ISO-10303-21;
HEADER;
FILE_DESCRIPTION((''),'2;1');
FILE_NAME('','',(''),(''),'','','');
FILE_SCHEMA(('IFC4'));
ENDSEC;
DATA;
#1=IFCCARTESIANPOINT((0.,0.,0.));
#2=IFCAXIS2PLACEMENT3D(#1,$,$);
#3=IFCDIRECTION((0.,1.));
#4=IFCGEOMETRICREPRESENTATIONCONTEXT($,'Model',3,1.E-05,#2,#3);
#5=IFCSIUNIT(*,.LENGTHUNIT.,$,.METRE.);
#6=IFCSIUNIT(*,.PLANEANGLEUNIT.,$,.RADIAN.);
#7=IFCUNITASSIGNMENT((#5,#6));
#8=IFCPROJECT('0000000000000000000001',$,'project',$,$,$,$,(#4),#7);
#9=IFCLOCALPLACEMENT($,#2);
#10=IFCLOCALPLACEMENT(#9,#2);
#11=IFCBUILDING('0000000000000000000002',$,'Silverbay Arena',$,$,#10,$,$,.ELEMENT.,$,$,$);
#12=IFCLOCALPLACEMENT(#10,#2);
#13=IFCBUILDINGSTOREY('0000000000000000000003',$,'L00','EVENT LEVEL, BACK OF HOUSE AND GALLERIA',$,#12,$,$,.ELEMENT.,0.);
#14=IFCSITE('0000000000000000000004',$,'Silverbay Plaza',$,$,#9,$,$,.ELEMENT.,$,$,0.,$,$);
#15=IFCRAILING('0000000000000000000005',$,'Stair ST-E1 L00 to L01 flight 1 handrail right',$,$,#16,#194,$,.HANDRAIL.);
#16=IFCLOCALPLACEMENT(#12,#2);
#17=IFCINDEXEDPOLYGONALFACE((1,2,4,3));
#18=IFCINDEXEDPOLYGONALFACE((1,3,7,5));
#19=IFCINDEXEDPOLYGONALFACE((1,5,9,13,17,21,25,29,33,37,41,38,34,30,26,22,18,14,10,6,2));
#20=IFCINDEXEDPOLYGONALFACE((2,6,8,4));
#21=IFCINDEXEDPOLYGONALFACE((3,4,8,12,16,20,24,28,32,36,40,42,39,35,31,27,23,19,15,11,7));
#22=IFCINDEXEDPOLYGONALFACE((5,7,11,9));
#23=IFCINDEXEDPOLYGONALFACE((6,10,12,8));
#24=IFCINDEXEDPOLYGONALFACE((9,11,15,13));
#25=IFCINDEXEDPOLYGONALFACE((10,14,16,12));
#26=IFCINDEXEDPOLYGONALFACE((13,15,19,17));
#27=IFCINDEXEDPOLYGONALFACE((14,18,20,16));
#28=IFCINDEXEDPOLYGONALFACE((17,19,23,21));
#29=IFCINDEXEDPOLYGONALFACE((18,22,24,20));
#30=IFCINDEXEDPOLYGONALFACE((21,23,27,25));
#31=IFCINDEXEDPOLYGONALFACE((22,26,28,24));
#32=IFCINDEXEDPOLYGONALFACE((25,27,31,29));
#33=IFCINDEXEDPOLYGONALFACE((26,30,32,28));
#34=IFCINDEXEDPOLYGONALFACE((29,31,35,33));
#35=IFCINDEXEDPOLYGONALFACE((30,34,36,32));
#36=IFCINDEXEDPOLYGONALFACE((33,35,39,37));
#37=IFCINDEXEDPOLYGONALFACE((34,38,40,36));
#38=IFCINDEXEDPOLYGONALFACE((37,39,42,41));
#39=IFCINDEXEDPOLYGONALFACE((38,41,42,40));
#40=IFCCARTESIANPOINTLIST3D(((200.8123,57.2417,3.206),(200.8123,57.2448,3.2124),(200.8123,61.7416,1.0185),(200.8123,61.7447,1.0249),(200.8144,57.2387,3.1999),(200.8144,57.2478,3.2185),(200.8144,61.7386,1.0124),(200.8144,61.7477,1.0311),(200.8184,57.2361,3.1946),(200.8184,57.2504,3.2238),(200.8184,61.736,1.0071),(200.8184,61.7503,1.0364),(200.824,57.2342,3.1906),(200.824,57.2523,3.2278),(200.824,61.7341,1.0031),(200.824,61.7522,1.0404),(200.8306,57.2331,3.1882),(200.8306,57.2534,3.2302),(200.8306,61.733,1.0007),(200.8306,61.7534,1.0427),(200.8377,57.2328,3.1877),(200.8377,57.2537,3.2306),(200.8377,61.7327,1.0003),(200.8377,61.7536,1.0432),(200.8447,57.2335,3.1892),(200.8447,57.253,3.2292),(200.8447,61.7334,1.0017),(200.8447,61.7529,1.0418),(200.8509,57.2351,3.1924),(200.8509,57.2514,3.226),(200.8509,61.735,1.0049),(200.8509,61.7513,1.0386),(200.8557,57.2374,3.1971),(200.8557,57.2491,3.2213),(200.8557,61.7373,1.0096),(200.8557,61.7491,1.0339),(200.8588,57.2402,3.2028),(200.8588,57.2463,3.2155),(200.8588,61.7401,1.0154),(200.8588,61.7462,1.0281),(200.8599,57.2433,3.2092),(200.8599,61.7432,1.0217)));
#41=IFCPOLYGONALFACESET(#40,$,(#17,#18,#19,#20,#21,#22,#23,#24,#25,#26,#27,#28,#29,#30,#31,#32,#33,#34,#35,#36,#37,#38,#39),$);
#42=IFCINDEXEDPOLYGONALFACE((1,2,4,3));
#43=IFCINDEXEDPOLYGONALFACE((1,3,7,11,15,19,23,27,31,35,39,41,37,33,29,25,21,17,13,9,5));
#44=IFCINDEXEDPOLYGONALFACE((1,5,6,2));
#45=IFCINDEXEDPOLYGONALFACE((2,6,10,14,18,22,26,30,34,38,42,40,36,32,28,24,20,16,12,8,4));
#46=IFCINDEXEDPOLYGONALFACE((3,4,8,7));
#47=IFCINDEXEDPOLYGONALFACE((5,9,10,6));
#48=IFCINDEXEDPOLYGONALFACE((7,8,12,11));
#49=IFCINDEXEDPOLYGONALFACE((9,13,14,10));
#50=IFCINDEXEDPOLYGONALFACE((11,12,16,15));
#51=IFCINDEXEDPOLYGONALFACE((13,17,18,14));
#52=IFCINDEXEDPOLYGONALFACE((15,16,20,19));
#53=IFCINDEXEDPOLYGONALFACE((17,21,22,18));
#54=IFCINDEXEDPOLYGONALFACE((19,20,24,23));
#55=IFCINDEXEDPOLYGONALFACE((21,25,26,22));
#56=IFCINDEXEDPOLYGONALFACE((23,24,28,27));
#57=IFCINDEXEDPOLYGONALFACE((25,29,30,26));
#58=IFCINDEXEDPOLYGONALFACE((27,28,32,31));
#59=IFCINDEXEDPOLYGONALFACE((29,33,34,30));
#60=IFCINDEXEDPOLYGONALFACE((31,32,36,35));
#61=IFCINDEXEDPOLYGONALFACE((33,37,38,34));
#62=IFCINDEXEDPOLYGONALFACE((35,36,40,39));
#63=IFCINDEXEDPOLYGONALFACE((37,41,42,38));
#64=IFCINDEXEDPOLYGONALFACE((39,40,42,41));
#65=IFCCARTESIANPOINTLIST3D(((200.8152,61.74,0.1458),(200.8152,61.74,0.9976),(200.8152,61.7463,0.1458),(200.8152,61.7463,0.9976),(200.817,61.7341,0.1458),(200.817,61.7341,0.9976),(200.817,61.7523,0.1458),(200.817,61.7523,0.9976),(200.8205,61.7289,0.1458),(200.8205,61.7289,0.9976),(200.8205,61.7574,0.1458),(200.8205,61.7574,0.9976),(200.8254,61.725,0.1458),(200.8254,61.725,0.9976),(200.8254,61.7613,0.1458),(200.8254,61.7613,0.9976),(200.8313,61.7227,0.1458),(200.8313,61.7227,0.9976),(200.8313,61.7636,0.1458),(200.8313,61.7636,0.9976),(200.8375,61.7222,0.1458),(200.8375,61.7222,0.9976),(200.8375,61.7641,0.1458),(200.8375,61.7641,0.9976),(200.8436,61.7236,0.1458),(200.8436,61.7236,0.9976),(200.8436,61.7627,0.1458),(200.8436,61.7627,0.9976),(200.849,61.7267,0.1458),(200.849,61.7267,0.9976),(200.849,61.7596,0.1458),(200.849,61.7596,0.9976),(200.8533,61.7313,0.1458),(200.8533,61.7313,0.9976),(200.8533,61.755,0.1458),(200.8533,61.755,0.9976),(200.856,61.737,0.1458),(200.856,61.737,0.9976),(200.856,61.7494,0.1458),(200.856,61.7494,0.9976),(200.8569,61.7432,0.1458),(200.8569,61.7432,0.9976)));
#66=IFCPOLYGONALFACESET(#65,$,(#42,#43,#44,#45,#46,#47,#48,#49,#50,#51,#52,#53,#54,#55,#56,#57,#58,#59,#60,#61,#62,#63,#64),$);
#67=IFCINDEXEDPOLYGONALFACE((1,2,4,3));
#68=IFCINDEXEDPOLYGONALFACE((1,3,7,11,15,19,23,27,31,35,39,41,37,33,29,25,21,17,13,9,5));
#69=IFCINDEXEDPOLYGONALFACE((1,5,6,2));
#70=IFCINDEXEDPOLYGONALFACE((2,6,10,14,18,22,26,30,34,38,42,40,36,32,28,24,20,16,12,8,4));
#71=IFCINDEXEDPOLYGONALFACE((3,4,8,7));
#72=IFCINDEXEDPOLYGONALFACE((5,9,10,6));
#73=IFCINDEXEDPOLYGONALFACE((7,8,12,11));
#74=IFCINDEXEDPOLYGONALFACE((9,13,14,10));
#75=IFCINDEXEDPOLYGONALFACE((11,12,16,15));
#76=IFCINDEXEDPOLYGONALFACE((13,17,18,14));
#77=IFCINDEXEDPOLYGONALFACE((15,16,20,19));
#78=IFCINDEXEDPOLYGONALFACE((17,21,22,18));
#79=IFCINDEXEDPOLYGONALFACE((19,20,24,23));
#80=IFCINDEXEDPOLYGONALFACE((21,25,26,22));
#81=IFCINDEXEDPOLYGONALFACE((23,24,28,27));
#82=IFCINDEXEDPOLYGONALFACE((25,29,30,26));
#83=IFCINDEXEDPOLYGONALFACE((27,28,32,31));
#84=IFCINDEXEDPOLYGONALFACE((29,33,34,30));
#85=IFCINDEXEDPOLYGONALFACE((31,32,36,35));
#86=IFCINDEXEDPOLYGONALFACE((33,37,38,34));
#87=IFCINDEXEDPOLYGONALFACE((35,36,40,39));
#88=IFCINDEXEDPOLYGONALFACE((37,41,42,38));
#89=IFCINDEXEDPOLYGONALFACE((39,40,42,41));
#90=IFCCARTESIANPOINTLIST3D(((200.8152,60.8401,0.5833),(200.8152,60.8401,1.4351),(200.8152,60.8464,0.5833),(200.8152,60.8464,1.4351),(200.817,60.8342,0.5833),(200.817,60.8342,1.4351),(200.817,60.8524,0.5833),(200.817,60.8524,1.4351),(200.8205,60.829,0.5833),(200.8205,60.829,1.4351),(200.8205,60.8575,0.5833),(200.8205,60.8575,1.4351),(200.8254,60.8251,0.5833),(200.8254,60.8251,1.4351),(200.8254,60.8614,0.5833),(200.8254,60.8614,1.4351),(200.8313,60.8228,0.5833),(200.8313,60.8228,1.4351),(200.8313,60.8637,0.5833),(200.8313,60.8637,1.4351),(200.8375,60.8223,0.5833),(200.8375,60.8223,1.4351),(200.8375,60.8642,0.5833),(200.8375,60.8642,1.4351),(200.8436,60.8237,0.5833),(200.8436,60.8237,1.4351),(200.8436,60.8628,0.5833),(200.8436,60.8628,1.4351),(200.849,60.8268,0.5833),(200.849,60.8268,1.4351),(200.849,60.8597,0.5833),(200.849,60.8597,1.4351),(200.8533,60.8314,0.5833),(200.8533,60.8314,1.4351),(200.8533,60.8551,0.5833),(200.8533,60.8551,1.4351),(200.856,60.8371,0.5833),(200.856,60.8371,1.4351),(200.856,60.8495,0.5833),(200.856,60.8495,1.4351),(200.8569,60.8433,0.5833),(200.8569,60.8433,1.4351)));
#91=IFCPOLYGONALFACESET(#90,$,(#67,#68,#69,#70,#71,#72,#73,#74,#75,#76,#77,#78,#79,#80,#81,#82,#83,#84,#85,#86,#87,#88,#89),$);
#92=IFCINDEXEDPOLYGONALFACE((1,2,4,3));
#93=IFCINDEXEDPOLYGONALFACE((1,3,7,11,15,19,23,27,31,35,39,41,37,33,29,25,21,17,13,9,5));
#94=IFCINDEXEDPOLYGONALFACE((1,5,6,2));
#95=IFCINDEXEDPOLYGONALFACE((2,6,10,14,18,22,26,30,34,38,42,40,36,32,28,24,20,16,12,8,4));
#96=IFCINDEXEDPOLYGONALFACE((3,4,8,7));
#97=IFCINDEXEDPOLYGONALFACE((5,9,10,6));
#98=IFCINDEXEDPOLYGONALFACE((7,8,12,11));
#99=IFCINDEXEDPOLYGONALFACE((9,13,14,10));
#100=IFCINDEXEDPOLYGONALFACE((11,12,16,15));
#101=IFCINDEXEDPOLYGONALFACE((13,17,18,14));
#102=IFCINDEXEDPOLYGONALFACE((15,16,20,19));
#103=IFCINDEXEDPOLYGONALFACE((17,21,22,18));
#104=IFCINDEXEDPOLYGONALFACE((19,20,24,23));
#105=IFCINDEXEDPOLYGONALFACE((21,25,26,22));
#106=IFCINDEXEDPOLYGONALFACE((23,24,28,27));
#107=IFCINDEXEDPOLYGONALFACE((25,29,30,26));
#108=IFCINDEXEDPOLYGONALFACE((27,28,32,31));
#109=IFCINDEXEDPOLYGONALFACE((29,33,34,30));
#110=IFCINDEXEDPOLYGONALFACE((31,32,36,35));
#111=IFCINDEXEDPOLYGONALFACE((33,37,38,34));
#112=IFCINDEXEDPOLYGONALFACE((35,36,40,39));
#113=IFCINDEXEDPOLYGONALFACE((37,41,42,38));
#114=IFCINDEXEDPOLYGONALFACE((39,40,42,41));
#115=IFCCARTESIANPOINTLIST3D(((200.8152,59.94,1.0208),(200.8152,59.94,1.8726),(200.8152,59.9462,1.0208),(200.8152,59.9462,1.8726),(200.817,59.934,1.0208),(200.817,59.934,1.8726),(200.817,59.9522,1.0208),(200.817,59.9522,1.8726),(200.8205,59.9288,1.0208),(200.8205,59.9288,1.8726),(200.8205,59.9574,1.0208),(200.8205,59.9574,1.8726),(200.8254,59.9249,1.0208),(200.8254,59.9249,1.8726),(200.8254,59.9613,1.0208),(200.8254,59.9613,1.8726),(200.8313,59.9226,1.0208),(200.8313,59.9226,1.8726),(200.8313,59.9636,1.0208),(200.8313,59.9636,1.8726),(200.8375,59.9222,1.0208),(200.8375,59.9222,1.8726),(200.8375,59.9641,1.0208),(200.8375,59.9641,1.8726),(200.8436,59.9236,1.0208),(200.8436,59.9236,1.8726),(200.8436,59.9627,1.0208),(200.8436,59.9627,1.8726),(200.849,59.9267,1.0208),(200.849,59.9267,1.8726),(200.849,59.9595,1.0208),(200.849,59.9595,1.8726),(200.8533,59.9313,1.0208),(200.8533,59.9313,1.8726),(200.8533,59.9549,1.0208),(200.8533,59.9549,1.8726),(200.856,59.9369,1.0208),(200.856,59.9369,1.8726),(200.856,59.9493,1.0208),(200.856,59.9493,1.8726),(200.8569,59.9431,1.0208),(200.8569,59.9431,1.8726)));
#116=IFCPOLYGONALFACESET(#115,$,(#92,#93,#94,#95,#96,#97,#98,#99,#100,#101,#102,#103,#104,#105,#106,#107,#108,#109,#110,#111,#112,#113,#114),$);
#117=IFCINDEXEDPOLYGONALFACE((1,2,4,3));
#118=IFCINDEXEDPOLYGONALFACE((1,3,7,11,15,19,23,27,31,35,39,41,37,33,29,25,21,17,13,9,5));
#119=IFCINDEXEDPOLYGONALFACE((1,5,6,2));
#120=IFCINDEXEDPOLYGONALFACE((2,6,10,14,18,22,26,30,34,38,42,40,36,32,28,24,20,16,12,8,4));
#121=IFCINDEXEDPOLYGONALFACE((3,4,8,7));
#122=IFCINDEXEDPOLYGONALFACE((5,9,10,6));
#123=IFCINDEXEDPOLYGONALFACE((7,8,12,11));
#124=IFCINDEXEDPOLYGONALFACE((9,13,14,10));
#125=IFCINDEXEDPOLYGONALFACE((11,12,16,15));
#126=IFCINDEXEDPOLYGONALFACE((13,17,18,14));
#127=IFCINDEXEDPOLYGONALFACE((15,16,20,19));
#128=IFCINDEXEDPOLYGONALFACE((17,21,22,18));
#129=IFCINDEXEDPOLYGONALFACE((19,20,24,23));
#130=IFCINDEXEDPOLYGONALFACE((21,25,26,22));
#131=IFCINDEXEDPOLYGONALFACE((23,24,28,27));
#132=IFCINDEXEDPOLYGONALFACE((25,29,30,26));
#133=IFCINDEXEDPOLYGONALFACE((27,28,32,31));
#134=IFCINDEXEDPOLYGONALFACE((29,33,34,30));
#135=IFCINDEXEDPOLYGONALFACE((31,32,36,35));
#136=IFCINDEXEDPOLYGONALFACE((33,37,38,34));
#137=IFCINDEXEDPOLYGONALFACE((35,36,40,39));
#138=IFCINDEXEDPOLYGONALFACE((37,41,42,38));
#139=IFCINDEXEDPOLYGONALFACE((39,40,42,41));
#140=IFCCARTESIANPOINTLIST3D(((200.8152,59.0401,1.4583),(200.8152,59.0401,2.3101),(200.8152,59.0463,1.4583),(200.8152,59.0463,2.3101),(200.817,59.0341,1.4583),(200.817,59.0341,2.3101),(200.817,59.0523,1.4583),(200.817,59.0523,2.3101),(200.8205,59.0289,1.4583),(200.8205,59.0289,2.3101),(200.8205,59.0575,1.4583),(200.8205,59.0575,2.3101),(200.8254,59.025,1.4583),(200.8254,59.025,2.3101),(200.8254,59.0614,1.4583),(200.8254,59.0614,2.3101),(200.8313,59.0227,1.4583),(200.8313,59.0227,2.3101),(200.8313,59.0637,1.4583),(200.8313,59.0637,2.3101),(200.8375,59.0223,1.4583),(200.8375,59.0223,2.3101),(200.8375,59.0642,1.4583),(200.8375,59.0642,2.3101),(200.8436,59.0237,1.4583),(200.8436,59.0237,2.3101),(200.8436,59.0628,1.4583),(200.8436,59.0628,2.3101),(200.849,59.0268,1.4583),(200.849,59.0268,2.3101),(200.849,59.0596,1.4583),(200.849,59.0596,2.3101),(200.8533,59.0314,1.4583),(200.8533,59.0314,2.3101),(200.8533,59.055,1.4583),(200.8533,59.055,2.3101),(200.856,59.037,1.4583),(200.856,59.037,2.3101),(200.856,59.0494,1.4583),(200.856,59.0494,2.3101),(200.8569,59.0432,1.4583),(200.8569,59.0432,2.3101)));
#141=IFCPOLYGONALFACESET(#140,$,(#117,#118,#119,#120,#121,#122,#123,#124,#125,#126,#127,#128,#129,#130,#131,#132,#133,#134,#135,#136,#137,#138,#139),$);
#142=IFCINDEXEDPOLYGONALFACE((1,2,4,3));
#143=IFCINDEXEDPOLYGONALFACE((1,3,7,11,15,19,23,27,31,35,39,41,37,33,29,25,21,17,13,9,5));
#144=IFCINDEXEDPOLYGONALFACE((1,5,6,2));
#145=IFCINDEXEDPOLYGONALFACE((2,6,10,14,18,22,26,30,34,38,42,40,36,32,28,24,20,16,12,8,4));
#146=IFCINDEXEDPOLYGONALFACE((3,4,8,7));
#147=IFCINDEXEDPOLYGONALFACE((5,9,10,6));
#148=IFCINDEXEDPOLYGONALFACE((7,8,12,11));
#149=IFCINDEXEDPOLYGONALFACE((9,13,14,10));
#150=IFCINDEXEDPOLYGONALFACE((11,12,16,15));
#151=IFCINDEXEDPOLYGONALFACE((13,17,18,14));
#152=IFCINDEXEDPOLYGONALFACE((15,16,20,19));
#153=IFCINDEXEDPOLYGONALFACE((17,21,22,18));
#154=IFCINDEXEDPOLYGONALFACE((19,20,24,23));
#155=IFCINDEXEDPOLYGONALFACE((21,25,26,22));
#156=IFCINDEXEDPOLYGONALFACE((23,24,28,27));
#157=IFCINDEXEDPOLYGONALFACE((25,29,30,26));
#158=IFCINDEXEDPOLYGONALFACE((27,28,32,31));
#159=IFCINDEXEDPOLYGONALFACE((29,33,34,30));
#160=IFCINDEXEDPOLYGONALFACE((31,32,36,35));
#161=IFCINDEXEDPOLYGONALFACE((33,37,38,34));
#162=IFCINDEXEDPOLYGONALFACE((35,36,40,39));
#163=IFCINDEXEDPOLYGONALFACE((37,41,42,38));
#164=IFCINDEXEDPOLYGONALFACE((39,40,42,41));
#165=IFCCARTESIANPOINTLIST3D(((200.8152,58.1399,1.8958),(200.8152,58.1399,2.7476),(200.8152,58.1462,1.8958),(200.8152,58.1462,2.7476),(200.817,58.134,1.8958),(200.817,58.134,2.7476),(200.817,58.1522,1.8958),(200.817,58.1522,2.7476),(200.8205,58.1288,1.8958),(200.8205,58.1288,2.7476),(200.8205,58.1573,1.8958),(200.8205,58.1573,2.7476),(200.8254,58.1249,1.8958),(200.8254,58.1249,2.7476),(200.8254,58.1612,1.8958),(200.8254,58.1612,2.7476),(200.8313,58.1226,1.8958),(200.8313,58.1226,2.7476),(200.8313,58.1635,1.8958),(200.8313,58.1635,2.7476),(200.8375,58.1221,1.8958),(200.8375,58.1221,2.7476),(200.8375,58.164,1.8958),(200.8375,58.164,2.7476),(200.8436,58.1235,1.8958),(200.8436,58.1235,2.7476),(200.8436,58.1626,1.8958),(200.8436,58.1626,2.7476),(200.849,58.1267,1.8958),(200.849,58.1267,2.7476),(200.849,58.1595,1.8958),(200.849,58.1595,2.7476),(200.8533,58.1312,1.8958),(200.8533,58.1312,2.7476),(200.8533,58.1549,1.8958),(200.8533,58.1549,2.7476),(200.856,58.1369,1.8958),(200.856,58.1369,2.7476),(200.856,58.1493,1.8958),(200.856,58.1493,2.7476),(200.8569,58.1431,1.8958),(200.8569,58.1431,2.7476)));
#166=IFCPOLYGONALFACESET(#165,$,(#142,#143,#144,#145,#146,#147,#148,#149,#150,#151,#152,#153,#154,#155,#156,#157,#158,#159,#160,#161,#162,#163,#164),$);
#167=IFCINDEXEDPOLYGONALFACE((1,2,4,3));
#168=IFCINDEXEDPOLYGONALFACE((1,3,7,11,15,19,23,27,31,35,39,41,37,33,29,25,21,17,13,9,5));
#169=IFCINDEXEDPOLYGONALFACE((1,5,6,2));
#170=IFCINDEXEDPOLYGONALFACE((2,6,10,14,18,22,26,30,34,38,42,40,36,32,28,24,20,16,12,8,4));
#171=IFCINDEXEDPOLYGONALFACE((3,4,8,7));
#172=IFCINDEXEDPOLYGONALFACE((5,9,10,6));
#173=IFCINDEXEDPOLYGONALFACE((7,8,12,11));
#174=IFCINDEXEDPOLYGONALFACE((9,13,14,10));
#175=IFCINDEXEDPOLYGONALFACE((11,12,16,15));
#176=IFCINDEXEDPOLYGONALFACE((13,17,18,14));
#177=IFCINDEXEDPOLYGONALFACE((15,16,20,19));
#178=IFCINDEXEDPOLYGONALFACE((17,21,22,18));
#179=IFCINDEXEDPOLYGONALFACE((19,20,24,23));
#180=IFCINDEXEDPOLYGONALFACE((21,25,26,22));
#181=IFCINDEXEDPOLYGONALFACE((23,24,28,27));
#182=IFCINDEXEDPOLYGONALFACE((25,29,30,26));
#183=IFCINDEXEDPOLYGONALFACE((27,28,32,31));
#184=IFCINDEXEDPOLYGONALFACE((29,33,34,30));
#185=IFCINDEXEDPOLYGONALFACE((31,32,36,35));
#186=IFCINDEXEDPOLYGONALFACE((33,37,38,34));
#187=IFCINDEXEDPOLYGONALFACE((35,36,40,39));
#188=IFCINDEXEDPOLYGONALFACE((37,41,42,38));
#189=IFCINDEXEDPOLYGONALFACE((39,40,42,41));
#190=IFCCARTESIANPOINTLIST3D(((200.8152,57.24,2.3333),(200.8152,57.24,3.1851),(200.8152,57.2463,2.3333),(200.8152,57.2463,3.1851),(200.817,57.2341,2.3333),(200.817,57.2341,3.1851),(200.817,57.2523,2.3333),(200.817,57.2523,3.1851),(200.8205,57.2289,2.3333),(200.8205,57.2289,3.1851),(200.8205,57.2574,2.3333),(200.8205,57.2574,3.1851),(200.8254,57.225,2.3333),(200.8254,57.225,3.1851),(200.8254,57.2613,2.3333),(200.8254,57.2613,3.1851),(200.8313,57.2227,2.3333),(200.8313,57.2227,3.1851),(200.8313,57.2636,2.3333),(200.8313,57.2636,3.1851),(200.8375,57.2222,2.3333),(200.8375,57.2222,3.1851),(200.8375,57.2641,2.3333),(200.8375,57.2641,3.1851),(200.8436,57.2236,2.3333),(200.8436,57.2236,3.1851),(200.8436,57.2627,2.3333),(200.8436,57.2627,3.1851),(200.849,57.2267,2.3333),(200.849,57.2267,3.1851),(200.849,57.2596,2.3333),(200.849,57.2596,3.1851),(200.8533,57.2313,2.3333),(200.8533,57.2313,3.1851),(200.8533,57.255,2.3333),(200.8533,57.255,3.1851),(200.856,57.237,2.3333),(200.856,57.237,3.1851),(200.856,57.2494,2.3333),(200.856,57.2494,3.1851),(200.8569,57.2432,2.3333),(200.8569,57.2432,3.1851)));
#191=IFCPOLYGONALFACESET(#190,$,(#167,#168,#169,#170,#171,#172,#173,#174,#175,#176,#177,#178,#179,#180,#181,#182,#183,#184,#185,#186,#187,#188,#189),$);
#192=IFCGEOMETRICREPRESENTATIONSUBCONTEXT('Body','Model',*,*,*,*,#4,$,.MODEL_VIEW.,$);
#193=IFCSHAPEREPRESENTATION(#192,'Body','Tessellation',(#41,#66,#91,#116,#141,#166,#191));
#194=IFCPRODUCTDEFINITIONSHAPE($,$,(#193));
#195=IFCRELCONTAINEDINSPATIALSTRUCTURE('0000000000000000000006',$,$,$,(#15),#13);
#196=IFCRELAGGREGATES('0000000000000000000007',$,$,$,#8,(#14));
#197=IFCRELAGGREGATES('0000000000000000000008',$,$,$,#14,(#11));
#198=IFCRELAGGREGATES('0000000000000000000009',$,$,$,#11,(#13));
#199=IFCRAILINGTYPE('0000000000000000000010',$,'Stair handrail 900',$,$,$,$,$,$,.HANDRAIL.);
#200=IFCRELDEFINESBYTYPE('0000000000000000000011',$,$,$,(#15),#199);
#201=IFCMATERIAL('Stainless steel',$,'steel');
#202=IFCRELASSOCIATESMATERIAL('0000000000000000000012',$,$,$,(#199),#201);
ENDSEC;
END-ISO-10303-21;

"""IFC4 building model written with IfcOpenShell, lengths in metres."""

from ifc_helpers import new_model, si_unit, direction, frame, origin, origin_2d, place, context, subcontext, project, spatial, circle, extrude, material, type_object, element, save


model = new_model("IFC4")

# Units and contexts
model_context = context("Model", 3, precision=1e-05, world=origin(), true_north=direction((0.0, 1.0)))
body_context = subcontext(model_context, "Body", "Model", "MODEL_VIEW")
ifc_project = project(units=[si_unit("LENGTHUNIT", "METRE"), si_unit("PLANEANGLEUNIT", "RADIAN")], contexts=[model_context])

# Site, building, storey
site_placement = place(None, origin())
site = spatial("IfcSite", under=ifc_project, at=site_placement, Name="Silverbay Plaza", CompositionType="ELEMENT", RefElevation=0.0)
building_placement = place(site_placement, origin())
building = spatial("IfcBuilding", under=site, at=building_placement, Name="Silverbay Arena", CompositionType="ELEMENT")
storey_placement = place(building_placement, origin())
storey = spatial("IfcBuildingStorey", under=building, at=storey_placement, Name="L00", Description="EVENT LEVEL, BACK OF HOUSE AND GALLERIA", CompositionType="ELEMENT", Elevation=0.0)

# Railing
ifc_material_1 = material(Name="Stainless steel", Category="steel")
railing_type_1 = type_object("IfcRailingType", Name="Stair handrail 900", PredefinedType="HANDRAIL", material=ifc_material_1)
railing_1_placement = place(storey_placement, frame((200.8359, 61.7432, 0.1458)))
element("IfcRailing", 1, at=railing_1_placement, inside=storey, type_object=railing_type_1, Name="Stair ST-E1 L00 to L01 flight 1 handrail right", PredefinedType="HANDRAIL", context=body_context, shape_type="SweptSolid", body=[
    extrude(circle(Radius=0.0239, at=origin_2d()), frame((0.0, 0.0, 0.876), z_axis=(0.0, -0.899368, 0.437193), x_axis=(1.0, 0.0, 0.0)), (0.0, 0.0, 1.0), 5.0034),
    extrude(circle(Radius=0.021, at=origin_2d()), origin(), (0.0, 0.0, 1.0), 0.8518),
    extrude(circle(Radius=0.021, at=origin_2d()), frame((0.0, -0.8999, 0.4375)), (0.0, 0.0, 1.0), 0.8518),
    extrude(circle(Radius=0.021, at=origin_2d()), frame((0.0, -1.8, 0.875)), (0.0, 0.0, 1.0), 0.8518),
    extrude(circle(Radius=0.021, at=origin_2d()), frame((0.0, -2.7, 1.3125)), (0.0, 0.0, 1.0), 0.8518),
    extrude(circle(Radius=0.021, at=origin_2d()), frame((0.0, -3.6001, 1.75)), (0.0, 0.0, 1.0), 0.8518),
    extrude(circle(Radius=0.021, at=origin_2d()), frame((0.0, -4.5, 2.1875)), (0.0, 0.0, 1.0), 0.8518),
])

save(model, "model.ifc")
